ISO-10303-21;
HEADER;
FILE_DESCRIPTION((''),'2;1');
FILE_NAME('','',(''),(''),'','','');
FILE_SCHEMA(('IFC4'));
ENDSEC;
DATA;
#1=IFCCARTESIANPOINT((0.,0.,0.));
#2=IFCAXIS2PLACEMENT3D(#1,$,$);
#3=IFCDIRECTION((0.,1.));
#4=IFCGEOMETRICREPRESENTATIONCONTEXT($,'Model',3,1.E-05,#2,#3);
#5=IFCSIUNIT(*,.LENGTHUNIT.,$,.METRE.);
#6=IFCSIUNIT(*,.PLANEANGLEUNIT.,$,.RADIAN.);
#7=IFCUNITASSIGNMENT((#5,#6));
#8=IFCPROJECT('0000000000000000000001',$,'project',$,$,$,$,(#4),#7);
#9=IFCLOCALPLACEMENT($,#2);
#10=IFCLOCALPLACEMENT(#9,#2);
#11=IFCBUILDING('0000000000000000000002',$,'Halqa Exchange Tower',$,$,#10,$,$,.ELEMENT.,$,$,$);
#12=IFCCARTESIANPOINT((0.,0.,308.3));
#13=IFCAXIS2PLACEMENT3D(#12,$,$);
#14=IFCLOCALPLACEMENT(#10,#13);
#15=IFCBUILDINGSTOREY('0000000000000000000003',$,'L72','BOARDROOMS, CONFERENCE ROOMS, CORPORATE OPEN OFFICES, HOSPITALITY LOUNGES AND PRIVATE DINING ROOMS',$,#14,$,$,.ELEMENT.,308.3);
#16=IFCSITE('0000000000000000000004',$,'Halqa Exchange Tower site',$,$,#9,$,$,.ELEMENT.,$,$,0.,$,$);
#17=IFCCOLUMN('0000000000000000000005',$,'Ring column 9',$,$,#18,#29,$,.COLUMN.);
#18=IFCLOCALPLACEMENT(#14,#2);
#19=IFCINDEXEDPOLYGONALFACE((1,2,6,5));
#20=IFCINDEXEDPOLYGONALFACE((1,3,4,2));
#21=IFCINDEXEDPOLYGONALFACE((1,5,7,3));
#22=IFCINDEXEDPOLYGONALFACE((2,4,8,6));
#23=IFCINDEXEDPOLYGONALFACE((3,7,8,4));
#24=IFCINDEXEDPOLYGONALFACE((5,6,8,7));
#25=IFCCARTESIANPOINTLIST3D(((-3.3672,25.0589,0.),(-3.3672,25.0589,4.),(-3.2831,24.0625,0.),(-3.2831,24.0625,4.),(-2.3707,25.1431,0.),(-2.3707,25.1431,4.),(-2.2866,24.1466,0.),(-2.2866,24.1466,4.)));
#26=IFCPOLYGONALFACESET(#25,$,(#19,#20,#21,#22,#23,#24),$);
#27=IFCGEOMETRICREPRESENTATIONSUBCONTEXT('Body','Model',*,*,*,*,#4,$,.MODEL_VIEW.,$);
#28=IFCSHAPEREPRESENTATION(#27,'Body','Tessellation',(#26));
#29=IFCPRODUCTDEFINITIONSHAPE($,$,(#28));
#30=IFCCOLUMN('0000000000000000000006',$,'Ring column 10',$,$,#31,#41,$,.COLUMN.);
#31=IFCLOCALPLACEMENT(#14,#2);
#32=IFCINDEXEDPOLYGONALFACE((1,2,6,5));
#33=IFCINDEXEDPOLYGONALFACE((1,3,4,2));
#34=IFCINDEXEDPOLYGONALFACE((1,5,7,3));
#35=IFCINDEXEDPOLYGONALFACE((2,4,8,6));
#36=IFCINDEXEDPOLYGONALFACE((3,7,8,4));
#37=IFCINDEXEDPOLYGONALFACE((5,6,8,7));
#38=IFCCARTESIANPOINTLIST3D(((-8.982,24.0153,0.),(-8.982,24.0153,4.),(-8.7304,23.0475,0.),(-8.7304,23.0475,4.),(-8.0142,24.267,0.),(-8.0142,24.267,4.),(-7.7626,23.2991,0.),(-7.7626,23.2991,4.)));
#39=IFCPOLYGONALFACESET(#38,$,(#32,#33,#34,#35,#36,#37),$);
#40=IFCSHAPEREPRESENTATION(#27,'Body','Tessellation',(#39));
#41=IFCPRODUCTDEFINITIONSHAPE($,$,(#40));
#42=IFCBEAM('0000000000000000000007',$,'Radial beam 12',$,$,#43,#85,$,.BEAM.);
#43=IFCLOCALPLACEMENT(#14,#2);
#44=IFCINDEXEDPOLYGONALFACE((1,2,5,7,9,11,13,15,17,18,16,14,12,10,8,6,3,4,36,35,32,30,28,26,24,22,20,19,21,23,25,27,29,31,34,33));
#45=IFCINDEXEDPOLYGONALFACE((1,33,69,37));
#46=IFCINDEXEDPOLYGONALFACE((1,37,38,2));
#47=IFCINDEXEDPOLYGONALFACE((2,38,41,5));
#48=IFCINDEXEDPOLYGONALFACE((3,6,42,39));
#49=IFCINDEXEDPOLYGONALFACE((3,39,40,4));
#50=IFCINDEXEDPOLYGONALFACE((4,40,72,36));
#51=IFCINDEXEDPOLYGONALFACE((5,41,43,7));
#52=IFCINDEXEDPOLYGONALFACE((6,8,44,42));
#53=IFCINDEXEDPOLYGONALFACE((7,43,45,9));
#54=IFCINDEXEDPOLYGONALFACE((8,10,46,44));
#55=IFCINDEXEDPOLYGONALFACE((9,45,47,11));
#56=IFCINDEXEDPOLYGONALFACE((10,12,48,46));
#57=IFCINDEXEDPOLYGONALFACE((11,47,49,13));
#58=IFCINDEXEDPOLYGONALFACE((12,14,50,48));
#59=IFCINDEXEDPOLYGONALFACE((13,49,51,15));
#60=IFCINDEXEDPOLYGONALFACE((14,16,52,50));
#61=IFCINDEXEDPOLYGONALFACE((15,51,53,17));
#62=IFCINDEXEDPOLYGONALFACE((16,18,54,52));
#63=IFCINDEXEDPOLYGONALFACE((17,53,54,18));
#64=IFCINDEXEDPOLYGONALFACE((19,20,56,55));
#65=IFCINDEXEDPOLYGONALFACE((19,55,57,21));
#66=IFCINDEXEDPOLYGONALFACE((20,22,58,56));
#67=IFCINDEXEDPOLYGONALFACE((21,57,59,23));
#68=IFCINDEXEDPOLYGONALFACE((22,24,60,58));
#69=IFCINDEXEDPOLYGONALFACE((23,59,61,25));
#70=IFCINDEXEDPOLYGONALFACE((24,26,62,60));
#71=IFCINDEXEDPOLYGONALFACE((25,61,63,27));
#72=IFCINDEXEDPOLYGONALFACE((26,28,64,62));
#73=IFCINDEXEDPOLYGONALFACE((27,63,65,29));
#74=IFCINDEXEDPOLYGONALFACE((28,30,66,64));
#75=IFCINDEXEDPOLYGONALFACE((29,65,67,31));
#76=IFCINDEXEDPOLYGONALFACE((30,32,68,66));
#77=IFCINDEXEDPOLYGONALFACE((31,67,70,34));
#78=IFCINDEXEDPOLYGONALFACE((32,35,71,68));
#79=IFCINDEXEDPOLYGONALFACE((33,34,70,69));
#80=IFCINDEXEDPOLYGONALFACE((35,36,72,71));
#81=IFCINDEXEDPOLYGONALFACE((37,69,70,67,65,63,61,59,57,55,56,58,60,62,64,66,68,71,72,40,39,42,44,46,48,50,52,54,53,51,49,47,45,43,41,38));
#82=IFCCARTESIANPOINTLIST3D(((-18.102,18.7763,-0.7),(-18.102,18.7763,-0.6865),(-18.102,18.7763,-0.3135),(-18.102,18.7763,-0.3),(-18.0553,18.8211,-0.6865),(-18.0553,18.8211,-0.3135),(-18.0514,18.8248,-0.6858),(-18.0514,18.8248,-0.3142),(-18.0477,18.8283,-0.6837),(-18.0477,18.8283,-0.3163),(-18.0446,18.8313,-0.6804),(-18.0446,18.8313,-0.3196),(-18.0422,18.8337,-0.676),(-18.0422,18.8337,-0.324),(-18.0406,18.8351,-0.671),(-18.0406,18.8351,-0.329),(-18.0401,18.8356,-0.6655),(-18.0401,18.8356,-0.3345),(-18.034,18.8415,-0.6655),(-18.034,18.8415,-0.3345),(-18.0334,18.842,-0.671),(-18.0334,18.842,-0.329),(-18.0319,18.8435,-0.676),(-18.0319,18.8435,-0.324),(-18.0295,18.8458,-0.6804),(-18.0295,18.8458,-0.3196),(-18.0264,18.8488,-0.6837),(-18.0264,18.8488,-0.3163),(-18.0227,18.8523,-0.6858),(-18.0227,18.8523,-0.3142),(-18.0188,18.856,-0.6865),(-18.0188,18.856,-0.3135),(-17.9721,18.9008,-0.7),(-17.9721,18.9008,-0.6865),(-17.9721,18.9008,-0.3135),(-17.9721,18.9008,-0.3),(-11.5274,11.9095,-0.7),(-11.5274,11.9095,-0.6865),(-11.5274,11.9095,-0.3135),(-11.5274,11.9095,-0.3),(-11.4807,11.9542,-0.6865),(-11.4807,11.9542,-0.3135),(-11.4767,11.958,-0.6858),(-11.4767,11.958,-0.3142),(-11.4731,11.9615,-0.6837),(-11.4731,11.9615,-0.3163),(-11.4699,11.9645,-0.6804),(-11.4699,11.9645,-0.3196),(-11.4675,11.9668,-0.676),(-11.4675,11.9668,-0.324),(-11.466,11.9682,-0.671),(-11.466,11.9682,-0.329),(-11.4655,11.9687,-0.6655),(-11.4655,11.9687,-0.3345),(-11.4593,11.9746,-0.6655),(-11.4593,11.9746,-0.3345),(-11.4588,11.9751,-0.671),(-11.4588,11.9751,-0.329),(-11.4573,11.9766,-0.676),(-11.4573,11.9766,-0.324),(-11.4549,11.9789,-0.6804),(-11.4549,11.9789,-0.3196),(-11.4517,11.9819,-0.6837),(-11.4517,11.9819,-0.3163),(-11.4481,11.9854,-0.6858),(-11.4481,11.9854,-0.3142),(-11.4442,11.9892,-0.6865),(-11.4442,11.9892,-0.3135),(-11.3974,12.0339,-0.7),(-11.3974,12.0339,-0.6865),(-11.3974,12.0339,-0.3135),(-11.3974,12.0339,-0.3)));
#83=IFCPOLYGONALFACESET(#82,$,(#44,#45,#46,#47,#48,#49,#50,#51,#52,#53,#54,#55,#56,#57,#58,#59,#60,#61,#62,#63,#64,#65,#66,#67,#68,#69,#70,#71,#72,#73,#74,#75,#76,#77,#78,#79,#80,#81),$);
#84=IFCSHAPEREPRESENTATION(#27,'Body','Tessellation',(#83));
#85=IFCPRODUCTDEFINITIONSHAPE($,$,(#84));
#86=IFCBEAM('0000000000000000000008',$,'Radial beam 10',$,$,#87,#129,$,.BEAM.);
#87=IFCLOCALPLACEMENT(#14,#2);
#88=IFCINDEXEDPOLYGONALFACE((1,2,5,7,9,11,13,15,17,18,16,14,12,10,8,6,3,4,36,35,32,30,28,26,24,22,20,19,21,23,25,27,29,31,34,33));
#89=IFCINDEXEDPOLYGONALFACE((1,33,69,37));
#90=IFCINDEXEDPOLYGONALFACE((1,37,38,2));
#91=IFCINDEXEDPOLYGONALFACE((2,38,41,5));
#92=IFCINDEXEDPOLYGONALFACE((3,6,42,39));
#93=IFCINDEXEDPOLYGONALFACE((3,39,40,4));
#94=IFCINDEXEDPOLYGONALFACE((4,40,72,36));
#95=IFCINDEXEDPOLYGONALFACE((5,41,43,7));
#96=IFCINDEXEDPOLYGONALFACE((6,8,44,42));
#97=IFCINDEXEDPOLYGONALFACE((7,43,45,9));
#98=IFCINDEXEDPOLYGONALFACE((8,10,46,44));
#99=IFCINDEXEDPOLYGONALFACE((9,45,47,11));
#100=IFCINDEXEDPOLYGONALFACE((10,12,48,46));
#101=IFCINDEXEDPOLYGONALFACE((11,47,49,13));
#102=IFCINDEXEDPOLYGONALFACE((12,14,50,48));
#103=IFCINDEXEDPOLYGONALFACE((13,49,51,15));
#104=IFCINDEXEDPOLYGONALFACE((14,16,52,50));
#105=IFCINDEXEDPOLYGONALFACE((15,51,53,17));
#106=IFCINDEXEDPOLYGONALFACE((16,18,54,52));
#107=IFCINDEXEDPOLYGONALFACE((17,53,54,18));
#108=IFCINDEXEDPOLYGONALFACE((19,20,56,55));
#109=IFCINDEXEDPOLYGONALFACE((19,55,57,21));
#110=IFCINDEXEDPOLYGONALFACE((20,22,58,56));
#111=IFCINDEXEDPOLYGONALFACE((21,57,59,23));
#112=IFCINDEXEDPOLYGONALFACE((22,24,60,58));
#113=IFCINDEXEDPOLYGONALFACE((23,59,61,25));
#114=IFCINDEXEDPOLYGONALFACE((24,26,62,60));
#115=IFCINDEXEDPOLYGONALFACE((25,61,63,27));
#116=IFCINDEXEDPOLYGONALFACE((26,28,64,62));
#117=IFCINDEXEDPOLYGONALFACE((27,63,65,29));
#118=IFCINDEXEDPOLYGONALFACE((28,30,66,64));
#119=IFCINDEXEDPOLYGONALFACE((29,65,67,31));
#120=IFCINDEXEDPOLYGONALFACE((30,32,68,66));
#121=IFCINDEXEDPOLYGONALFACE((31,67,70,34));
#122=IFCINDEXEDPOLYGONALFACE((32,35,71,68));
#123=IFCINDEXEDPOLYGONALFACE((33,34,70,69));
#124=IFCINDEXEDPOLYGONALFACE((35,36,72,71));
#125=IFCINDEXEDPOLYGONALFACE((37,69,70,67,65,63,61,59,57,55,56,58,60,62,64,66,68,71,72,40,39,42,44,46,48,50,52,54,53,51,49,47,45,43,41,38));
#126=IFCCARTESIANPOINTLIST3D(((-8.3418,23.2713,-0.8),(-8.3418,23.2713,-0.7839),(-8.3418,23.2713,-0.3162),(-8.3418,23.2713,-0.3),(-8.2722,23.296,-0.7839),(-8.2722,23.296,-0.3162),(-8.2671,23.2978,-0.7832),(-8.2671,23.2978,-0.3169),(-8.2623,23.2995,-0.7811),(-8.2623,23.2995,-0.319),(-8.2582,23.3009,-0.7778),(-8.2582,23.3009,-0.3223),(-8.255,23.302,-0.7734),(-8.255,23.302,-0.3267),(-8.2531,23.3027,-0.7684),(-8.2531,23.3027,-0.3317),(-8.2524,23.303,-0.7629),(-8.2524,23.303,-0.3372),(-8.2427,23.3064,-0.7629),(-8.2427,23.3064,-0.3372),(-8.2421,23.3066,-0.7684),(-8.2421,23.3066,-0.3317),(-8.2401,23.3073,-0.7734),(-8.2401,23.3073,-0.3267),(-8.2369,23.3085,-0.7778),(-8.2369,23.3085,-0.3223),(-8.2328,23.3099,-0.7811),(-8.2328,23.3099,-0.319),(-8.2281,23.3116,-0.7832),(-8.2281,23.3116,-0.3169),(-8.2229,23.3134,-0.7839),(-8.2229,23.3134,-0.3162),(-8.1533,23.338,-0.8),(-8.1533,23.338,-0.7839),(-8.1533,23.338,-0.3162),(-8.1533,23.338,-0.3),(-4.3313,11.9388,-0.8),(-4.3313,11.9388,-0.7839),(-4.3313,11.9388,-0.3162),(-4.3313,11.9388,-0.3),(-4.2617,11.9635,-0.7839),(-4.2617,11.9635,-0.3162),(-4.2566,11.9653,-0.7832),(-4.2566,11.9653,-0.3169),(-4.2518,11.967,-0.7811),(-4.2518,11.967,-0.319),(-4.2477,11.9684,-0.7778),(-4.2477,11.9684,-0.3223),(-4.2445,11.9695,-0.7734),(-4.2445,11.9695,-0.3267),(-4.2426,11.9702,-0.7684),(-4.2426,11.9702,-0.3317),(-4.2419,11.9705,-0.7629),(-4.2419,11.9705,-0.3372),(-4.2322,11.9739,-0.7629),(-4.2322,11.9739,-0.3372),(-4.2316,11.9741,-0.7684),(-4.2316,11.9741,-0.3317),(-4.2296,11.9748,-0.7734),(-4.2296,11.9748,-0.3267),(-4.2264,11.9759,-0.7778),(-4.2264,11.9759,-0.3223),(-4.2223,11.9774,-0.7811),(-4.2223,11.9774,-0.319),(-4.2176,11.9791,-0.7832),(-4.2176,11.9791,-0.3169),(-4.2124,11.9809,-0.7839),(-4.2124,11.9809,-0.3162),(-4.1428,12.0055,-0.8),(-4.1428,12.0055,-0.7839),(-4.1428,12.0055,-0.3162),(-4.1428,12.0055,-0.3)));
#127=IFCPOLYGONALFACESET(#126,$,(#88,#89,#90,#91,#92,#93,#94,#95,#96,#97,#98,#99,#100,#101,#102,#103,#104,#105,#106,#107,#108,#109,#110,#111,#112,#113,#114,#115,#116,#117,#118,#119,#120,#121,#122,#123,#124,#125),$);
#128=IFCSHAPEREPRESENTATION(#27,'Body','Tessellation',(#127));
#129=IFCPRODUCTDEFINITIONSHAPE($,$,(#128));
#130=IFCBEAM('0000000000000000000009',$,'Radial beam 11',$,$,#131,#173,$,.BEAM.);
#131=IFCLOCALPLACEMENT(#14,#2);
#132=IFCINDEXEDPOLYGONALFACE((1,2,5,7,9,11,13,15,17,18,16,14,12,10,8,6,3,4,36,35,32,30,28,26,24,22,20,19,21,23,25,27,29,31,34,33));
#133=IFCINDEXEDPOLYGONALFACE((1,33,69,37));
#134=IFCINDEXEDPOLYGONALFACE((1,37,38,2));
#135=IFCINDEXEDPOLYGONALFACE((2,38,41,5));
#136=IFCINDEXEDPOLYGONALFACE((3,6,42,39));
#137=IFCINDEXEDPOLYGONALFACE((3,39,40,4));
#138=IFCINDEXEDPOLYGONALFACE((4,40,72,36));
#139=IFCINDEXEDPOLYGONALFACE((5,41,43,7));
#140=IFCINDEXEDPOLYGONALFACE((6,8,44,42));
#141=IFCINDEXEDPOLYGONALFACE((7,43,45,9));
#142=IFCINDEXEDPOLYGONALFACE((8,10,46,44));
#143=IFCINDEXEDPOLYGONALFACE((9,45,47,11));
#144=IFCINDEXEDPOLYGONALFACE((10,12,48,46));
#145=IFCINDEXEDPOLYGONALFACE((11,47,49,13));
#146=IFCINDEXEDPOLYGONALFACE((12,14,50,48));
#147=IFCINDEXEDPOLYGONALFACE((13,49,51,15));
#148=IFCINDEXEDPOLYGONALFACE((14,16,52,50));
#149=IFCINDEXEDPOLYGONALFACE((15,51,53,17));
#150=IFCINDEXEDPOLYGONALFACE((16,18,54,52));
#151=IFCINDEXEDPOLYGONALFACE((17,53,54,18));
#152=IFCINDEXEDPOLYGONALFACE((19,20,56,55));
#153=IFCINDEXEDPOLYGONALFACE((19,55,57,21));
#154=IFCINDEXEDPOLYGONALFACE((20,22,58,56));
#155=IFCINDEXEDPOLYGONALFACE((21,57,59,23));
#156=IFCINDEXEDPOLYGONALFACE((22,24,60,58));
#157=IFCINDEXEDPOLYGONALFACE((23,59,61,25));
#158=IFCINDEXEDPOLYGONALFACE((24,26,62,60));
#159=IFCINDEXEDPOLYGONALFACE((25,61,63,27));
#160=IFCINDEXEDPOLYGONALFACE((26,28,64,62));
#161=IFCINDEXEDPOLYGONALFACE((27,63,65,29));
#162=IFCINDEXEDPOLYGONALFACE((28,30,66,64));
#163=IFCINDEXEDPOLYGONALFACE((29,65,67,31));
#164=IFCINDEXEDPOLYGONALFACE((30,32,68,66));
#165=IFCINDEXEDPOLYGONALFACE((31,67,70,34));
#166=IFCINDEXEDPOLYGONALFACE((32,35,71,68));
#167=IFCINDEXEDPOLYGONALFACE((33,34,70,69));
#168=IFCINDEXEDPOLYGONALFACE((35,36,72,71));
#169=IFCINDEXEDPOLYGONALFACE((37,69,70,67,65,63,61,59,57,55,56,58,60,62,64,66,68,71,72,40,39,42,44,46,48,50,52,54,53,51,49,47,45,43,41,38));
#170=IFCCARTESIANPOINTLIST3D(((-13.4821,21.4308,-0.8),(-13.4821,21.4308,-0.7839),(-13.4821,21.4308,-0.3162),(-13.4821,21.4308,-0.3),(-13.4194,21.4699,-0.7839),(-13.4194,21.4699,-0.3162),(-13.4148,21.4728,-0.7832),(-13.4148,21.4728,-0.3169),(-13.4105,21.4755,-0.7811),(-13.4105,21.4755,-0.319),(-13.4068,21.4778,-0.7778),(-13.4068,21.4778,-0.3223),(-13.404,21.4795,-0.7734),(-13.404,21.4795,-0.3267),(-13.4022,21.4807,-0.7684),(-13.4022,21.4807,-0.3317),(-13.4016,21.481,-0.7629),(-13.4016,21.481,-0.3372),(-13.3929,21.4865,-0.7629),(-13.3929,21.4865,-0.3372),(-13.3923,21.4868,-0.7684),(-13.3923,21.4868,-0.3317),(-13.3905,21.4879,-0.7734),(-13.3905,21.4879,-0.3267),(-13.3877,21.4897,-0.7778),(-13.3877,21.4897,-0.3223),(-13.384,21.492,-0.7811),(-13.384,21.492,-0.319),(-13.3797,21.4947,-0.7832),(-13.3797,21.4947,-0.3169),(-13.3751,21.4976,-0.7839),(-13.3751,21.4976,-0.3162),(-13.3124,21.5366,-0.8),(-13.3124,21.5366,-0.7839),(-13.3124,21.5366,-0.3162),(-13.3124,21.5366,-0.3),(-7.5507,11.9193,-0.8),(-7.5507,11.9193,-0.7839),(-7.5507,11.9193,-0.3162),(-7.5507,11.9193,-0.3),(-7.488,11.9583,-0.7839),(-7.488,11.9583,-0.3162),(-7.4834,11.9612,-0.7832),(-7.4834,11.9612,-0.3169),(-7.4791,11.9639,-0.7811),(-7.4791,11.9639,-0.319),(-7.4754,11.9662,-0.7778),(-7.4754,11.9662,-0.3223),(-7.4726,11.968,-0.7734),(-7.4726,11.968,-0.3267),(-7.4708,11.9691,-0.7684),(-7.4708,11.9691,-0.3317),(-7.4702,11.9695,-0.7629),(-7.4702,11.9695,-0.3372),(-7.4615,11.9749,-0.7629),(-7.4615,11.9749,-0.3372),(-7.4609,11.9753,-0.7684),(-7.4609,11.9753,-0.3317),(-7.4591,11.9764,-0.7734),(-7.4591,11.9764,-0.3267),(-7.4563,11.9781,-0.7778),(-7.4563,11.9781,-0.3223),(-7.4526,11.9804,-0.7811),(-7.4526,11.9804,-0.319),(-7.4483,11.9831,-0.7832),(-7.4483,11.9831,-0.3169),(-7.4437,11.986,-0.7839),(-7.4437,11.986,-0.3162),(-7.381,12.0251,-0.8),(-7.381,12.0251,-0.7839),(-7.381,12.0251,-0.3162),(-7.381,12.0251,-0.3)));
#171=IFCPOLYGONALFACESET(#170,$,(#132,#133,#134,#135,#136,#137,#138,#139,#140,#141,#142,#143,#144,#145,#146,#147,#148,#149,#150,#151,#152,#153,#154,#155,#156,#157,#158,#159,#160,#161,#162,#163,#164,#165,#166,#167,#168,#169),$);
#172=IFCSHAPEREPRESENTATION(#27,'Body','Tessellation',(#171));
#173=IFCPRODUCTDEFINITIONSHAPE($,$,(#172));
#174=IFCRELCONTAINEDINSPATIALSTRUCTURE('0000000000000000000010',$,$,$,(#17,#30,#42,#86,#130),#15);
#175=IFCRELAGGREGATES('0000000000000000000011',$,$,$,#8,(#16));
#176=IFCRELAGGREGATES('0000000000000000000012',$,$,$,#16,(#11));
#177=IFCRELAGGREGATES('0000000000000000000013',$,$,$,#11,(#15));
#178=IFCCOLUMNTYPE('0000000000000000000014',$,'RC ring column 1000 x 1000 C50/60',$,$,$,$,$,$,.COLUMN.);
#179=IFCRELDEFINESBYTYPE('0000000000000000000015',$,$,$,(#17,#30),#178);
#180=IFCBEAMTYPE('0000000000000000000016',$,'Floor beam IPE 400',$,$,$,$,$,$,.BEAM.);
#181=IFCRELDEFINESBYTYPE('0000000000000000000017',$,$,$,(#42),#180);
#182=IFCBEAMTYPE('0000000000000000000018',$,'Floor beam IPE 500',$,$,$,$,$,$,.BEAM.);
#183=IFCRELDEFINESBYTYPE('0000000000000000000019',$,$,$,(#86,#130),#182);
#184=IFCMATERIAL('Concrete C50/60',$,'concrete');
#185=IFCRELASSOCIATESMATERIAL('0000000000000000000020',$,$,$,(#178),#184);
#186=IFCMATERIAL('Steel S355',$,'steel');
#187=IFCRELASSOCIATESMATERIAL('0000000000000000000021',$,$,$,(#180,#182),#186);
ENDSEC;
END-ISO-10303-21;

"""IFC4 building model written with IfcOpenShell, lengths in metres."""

from ifc_helpers import new_model, si_unit, direction, frame, origin, origin_2d, place, context, subcontext, project, spatial, rectangle, i_section, extrude, material, material_profile, profile_set, type_object, element, save


model = new_model("IFC4")

# Units and contexts
model_context = context("Model", 3, precision=1e-05, world=origin(), true_north=direction((0.0, 1.0)))
body_context = subcontext(model_context, "Body", "Model", "MODEL_VIEW")
ifc_project = project(units=[si_unit("LENGTHUNIT", "METRE"), si_unit("PLANEANGLEUNIT", "RADIAN")], contexts=[model_context])

# Site, building, storey
site_placement = place(None, origin())
site = spatial("IfcSite", under=ifc_project, at=site_placement, Name="Halqa Exchange Tower site", CompositionType="ELEMENT", RefElevation=0.0)
building_placement = place(site_placement, origin())
building = spatial("IfcBuilding", under=site, at=building_placement, Name="Halqa Exchange Tower", CompositionType="ELEMENT")
storey_placement = place(building_placement, frame((0.0, 0.0, 308.3)))
storey = spatial("IfcBuildingStorey", under=building, at=storey_placement, Name="L72", Description="BOARDROOMS, CONFERENCE ROOMS, CORPORATE OPEN OFFICES, HOSPITALITY LOUNGES AND PRIVATE DINING ROOMS", CompositionType="ELEMENT", Elevation=308.3)

# Columns
ifc_material_1 = material(Name="Concrete C50/60", Category="concrete")
ifc_material_profile_1 = material_profile(ifc_material_1, rectangle(XDim=1.0, YDim=1.0, at=origin_2d()), Name="1000 x 1000")
ifc_profile_set_1 = profile_set([ifc_material_profile_1], Name="Concrete C50/60")
column_type = type_object("IfcColumnType", Name="RC ring column 1000 x 1000 C50/60", PredefinedType="COLUMN", material=ifc_profile_set_1)
for number, where, z_axis, x_axis, name in (
    (1, (-2.8269, 24.6028, 0.0), (0.0, 0.0, 1.0), (-0.996455, -0.084125, 0.0), "Ring column 9"),
    (2, (-8.3723, 23.6572, 0.0), (0.0, 0.0, 1.0), (-0.96782, -0.251645, 0.0), "Ring column 10"),
):
    element("IfcColumn", number, at=place(storey_placement, frame(where, z_axis=z_axis, x_axis=x_axis)), inside=storey, type_object=column_type, Name=name, PredefinedType="COLUMN", context=body_context, shape_type="SweptSolid", body=[
        extrude(rectangle(XDim=1.0, YDim=1.0, at=origin_2d()), origin(), (0.0, 0.0, 1.0), 4.0),
    ])

# Beams
ifc_material_2 = material(Name="Steel S355", Category="steel")
ifc_material_profile_2 = material_profile(ifc_material_2, i_section(OverallWidth=0.1799, OverallDepth=0.3999, WebThickness=0.0085, FlangeThickness=0.0134, FilletRadius=0.021, at=origin_2d()), Name="IPE 400")
ifc_profile_set_2 = profile_set([ifc_material_profile_2], Name="Steel S355")
beam_type_1 = type_object("IfcBeamType", Name="Floor beam IPE 400", PredefinedType="BEAM", material=ifc_profile_set_2)
beam_1_placement = place(storey_placement, frame((-11.4624, 11.9717, -0.5), z_axis=(-0.69157, 0.722309, 0.0), x_axis=(-0.722309, -0.69157, 0.0)))
element("IfcBeam", 3, at=beam_1_placement, inside=storey, type_object=beam_type_1, Name="Radial beam 12", PredefinedType="BEAM", context=body_context, shape_type="SweptSolid", body=[
    extrude(i_section(OverallWidth=0.1799, OverallDepth=0.3999, WebThickness=0.0085, FlangeThickness=0.0134, FilletRadius=0.021, at=origin_2d()), origin(), (0.0, 0.0, 1.0), 9.5068),
])
ifc_material_profile_3 = material_profile(ifc_material_2, i_section(OverallWidth=0.2, OverallDepth=0.5, WebThickness=0.0103, FlangeThickness=0.0161, FilletRadius=0.021, at=origin_2d()), Name="IPE 500")
ifc_profile_set_3 = profile_set([ifc_material_profile_3], Name="Steel S355")
beam_type_2 = type_object("IfcBeamType", Name="Floor beam IPE 500", PredefinedType="BEAM", material=ifc_profile_set_3)
beam_2_placement = place(storey_placement, frame((-4.2371, 11.9722, -0.55), z_axis=(-0.333618, 0.942708, 0.0), x_axis=(-0.942708, -0.333618, 0.0)))
element("IfcBeam", 4, at=beam_2_placement, inside=storey, type_object=beam_type_2, Name="Radial beam 10", PredefinedType="BEAM", context=body_context, shape_type="SweptSolid", body=[
    extrude(i_section(OverallWidth=0.2, OverallDepth=0.5, WebThickness=0.0103, FlangeThickness=0.0161, FilletRadius=0.021, at=origin_2d()), origin(), (0.0, 0.0, 1.0), 12.0212),
])
beam_3_placement = place(storey_placement, frame((-7.4658, 11.9722, -0.55), z_axis=(-0.529147, 0.84853, 0.0), x_axis=(-0.84853, -0.529147, 0.0)))
element("IfcBeam", 5, at=beam_3_placement, inside=storey, type_object=beam_type_2, Name="Radial beam 11", PredefinedType="BEAM", context=body_context, shape_type="SweptSolid", body=[
    extrude(i_section(OverallWidth=0.2, OverallDepth=0.5, WebThickness=0.0103, FlangeThickness=0.0161, FilletRadius=0.021, at=origin_2d()), origin(), (0.0, 0.0, 1.0), 11.2095),
])

save(model, "model.ifc")
